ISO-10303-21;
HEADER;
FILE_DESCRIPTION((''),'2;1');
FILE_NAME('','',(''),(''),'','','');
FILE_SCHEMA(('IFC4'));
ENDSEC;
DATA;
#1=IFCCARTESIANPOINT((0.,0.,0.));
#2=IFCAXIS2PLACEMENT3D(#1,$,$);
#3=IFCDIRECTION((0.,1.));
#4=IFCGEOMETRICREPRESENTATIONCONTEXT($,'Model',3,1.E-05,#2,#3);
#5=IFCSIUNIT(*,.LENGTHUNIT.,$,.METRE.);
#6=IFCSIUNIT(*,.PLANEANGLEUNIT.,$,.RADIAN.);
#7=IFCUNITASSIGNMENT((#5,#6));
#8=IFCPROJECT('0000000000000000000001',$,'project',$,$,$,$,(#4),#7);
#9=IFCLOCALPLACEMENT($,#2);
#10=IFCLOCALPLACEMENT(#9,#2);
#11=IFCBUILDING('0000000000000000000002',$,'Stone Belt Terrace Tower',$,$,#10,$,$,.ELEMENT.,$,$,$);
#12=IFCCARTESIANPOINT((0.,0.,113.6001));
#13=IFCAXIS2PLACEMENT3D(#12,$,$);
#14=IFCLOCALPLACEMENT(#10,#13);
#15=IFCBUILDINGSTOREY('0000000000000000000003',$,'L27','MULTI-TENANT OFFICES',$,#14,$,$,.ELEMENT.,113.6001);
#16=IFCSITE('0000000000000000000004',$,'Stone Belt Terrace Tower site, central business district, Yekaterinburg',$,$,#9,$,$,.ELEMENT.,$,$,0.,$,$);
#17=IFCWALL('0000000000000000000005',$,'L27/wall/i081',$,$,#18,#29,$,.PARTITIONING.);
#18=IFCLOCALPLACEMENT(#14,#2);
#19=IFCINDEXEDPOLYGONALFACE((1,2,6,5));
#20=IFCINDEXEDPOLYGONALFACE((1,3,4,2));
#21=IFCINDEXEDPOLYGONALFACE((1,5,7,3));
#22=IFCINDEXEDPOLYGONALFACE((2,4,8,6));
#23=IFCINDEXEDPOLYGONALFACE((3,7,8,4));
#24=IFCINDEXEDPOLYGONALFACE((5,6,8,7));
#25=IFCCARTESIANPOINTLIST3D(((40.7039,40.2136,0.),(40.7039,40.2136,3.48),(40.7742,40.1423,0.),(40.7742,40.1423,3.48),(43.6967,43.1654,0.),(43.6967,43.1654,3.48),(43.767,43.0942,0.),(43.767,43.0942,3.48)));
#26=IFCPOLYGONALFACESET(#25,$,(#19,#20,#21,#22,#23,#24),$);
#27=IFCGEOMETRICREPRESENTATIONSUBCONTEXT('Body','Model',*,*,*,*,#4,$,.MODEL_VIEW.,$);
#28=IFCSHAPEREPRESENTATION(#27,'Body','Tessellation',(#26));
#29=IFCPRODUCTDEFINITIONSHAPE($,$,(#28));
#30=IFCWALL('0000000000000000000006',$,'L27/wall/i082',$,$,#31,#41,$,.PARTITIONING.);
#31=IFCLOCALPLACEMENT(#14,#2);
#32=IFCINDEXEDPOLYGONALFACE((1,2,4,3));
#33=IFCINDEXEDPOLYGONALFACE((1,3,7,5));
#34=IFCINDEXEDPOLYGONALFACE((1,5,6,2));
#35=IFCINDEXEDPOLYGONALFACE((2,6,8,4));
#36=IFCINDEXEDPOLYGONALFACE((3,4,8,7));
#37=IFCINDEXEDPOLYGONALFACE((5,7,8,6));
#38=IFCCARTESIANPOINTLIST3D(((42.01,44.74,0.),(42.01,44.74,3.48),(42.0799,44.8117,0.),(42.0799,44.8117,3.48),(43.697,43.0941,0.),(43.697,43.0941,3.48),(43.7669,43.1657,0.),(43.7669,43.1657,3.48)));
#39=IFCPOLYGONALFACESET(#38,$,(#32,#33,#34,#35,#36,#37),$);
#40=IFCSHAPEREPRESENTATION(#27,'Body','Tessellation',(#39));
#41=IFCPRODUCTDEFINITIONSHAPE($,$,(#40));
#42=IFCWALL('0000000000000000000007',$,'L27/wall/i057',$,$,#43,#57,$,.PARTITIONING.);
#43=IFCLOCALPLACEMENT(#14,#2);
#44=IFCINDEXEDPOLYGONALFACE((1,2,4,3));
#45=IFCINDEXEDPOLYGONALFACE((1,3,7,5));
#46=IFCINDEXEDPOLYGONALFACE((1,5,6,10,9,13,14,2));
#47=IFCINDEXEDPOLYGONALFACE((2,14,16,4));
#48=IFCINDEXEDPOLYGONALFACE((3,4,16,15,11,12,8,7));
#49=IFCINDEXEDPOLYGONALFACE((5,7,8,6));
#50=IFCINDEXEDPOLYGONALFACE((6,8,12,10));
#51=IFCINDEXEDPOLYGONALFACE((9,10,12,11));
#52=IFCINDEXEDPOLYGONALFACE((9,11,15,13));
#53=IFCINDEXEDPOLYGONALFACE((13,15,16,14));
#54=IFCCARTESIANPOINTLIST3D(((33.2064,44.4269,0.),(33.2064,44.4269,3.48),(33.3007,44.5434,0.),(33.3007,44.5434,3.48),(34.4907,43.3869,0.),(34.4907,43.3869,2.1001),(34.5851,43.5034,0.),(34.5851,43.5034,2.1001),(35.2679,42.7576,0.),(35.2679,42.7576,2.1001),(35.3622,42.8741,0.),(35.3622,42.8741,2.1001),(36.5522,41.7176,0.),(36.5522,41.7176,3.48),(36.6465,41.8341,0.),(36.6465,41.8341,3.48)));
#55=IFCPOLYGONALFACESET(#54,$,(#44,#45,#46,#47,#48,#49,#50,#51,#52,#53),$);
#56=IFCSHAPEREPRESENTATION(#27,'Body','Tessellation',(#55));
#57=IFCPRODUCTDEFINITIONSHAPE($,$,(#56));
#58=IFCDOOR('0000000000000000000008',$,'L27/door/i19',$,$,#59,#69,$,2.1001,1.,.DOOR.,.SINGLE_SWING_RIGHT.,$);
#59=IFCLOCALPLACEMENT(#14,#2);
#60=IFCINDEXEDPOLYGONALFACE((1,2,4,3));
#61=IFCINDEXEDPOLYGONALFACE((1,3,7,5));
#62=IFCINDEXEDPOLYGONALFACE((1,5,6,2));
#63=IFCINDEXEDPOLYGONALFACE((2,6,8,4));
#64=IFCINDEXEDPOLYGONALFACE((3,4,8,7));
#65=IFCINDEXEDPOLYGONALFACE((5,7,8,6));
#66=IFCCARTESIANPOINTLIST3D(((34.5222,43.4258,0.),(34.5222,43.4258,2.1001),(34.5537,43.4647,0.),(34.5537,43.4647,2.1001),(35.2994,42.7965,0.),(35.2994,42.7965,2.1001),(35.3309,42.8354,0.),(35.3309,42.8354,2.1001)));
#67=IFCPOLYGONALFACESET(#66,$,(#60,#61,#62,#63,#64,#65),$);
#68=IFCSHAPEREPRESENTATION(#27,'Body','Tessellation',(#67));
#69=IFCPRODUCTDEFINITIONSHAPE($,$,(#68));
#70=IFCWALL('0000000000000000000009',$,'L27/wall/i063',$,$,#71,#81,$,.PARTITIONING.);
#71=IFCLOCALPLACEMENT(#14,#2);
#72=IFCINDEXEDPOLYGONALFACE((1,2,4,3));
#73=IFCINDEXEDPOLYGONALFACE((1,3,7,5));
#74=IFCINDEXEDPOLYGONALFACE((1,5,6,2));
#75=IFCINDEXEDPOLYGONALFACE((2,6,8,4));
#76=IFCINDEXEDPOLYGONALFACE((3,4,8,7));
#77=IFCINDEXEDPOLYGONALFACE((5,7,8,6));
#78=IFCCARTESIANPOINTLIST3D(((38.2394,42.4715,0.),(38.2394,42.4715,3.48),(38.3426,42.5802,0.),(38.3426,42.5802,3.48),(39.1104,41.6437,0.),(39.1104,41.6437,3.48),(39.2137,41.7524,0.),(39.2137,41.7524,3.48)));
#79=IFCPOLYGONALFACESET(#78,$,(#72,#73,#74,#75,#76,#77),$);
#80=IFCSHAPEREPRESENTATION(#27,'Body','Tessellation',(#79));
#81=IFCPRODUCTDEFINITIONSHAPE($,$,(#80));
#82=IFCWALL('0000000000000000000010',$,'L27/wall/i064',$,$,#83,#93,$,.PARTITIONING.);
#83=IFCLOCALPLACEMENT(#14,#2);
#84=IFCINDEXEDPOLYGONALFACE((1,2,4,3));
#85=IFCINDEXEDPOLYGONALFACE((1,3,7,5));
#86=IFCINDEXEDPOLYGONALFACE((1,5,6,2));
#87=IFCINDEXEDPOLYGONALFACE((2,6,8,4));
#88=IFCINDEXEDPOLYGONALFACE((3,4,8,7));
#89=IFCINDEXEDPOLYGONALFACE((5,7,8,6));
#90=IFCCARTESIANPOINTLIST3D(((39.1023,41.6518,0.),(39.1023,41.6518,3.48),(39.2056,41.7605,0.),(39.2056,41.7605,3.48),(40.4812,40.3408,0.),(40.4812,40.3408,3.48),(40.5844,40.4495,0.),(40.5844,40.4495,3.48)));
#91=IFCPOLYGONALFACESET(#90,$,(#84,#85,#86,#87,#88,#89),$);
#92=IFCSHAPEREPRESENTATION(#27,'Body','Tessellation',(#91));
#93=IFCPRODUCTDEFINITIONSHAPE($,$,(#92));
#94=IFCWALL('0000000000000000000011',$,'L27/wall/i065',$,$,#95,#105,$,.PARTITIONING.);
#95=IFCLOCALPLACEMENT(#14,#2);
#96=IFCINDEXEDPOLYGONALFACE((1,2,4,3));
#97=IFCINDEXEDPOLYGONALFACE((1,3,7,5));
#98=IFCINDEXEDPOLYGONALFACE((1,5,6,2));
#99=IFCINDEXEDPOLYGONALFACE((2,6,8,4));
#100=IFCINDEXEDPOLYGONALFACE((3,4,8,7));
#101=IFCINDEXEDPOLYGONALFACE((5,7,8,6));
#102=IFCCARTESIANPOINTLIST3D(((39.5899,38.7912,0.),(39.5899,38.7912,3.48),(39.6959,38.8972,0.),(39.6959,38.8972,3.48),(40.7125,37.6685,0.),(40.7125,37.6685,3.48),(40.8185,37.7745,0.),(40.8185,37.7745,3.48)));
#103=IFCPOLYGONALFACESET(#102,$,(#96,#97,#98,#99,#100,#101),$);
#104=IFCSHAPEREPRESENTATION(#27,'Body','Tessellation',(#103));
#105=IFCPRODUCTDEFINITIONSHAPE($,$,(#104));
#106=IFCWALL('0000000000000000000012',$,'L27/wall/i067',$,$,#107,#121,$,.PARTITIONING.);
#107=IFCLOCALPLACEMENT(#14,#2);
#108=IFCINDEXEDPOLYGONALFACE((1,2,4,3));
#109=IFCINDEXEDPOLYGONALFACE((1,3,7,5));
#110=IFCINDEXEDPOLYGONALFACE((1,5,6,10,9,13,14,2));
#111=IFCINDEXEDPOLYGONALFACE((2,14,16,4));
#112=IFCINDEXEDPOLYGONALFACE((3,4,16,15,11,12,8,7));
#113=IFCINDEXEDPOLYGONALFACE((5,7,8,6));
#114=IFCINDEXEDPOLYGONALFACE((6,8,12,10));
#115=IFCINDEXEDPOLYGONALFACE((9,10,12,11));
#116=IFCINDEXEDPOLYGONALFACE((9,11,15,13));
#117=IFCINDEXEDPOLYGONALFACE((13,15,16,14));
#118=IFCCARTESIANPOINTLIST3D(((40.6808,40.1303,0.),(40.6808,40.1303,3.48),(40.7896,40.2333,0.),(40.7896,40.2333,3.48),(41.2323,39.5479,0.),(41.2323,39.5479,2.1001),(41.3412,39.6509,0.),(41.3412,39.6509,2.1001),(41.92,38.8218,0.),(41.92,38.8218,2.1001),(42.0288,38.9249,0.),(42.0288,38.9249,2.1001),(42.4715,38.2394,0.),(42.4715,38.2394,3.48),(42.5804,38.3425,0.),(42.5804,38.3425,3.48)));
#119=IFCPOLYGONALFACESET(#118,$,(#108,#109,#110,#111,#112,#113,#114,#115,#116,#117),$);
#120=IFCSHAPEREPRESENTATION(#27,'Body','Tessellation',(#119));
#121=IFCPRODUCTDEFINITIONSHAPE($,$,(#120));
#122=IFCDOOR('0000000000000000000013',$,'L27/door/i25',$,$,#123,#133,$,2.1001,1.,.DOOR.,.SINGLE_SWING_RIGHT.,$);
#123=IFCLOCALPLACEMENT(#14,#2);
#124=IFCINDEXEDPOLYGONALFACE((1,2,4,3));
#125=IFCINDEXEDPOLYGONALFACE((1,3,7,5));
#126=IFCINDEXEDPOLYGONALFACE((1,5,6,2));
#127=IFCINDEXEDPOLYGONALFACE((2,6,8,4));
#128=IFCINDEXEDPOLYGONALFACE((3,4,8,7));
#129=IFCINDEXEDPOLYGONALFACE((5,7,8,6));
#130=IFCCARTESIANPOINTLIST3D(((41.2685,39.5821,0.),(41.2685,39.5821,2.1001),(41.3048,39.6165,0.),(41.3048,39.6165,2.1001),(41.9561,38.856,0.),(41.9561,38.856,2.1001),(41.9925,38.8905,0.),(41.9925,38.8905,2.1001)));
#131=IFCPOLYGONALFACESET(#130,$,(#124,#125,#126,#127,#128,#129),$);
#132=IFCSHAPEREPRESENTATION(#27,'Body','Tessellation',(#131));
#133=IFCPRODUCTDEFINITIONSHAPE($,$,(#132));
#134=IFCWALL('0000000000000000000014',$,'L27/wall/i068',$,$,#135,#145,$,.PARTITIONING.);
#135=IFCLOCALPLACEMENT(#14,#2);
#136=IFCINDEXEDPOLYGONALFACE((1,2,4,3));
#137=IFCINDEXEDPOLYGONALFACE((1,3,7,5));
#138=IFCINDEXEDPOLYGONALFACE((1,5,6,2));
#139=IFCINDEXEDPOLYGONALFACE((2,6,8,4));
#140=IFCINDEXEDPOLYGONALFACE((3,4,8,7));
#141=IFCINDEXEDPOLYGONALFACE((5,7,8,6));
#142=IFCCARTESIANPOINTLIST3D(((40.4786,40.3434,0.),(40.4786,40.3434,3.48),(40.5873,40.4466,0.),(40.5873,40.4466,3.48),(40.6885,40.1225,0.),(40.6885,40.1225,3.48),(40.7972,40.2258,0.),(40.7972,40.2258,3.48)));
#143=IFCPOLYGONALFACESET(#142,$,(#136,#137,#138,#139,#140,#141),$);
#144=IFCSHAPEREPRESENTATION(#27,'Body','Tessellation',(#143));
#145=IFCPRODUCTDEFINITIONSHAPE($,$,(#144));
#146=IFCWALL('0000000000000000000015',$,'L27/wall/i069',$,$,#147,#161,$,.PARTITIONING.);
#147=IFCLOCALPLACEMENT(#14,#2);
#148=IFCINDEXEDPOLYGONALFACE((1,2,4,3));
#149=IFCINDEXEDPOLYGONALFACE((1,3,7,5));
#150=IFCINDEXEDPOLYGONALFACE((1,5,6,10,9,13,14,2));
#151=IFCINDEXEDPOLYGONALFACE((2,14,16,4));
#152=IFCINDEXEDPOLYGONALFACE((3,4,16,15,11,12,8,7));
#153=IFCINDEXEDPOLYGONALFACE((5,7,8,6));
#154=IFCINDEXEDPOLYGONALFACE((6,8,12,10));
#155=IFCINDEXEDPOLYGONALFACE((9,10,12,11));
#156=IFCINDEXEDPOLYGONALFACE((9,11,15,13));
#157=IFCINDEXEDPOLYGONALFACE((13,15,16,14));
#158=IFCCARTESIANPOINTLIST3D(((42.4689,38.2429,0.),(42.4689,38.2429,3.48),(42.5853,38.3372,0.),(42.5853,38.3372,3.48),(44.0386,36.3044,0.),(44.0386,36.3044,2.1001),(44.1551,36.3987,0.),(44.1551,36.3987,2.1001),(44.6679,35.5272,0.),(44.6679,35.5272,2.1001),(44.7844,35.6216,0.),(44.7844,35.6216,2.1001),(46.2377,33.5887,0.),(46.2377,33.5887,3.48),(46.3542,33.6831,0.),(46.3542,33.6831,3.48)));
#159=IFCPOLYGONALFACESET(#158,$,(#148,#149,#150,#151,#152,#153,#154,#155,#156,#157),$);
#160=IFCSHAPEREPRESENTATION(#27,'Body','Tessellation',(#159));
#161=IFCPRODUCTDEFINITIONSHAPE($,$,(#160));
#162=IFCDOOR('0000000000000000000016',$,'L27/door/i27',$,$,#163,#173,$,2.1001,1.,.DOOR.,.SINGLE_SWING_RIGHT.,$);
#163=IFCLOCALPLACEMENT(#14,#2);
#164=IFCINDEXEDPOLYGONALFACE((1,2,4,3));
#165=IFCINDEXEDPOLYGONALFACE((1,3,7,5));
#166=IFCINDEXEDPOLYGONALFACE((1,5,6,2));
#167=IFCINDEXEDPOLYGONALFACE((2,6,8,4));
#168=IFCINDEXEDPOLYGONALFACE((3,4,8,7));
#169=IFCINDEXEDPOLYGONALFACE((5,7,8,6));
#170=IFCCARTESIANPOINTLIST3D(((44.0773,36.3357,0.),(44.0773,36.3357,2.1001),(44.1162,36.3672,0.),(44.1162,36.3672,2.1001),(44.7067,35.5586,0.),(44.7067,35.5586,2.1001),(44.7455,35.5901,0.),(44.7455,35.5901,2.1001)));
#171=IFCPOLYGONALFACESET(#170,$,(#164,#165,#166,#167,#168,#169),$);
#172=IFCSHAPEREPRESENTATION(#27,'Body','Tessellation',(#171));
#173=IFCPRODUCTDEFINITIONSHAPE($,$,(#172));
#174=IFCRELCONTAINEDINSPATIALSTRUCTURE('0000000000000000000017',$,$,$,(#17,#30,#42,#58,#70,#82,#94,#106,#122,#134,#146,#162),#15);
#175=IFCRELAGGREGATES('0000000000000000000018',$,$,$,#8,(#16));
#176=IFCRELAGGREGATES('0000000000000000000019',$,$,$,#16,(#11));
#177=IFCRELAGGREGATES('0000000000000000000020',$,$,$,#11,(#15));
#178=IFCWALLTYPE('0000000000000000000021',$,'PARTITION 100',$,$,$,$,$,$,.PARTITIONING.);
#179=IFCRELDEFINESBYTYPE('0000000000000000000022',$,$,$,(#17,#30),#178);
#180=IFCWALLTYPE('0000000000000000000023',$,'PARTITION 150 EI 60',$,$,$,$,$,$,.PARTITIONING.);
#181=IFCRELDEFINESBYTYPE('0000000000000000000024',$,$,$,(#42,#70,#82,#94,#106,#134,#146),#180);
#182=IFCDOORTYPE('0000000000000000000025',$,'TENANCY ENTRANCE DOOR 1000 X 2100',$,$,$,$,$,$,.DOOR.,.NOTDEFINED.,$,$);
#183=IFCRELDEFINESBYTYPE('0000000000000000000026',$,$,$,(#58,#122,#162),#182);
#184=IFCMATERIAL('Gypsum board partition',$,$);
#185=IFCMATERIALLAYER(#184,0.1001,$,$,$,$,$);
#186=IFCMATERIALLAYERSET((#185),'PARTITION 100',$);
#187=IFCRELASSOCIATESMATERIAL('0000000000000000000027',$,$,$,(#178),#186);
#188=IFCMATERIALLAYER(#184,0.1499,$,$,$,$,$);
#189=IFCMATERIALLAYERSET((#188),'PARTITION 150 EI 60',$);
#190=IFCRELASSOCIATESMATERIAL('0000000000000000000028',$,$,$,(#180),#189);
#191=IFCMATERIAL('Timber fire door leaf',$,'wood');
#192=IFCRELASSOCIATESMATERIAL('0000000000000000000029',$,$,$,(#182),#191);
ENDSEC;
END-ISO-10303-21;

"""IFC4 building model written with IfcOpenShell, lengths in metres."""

from ifc_helpers import new_model, si_unit, direction, frame, frame_2d, origin, place, context, subcontext, project, spatial, rectangle, extrude, material, layer, layer_set, type_object, element, fill, save


model = new_model("IFC4")

# Units and contexts
model_context = context("Model", 3, precision=1e-05, world=origin(), true_north=direction((0.0, 1.0)))
body_context = subcontext(model_context, "Body", "Model", "MODEL_VIEW")
ifc_project = project(units=[si_unit("LENGTHUNIT", "METRE"), si_unit("PLANEANGLEUNIT", "RADIAN")], contexts=[model_context])

# Site, building, storey
site_placement = place(None, origin())
site = spatial("IfcSite", under=ifc_project, at=site_placement, Name="Stone Belt Terrace Tower site, central business district, Yekaterinburg", CompositionType="ELEMENT", RefElevation=0.0)
building_placement = place(site_placement, origin())
building = spatial("IfcBuilding", under=site, at=building_placement, Name="Stone Belt Terrace Tower", CompositionType="ELEMENT")
storey_placement = place(building_placement, frame((0.0, 0.0, 113.6001)))
storey = spatial("IfcBuildingStorey", under=building, at=storey_placement, Name="L27", Description="MULTI-TENANT OFFICES", CompositionType="ELEMENT", Elevation=113.6001)

# Shared definitions
ifc_material_1 = material(Name="Gypsum board partition")
ifc_layer_1 = layer(ifc_material_1, 0.1001)
ifc_layer_set_1 = layer_set([ifc_layer_1], Name="PARTITION 100")
wall_type_1 = type_object("IfcWallType", Name="PARTITION 100", PredefinedType="PARTITIONING", material=ifc_layer_set_1)

# Walls
wall_1_placement = place(storey_placement, frame((40.739, 40.178, 0.0), z_axis=(0.0, 0.0, 1.0), x_axis=(0.711968, 0.702211, 0.0)))
element("IfcWall", 1, at=wall_1_placement, inside=storey, type_object=wall_type_1, Name="L27/wall/i081", PredefinedType="PARTITIONING", context=body_context, shape_type="SweptSolid", body=[
    extrude(rectangle(XDim=4.2036, YDim=0.1001, at=frame_2d((2.1018, 0.0))), origin(), (0.0, 0.0, 1.0), 3.48),
])
wall_2_placement = place(storey_placement, frame((43.7319, 43.1299, 0.0), z_axis=(0.0, 0.0, 1.0), x_axis=(-0.715754, 0.698352, 0.0)))
element("IfcWall", 2, at=wall_2_placement, inside=storey, type_object=wall_type_1, Name="L27/wall/i082", PredefinedType="PARTITIONING", context=body_context, shape_type="SweptSolid", body=[
    extrude(rectangle(XDim=2.3569, YDim=0.1001, at=frame_2d((1.1785, 0.0))), origin(), (0.0, 0.0, 1.0), 3.48),
])

# Wall, opening, door
ifc_layer_2 = layer(ifc_material_1, 0.1499)
ifc_layer_set_2 = layer_set([ifc_layer_2], Name="PARTITION 150 EI 60")
wall_type_2 = type_object("IfcWallType", Name="PARTITION 150 EI 60", PredefinedType="PARTITIONING", material=ifc_layer_set_2)
wall_3_placement = place(storey_placement, frame((36.5994, 41.7759, 0.0), z_axis=(0.0, 0.0, 1.0), x_axis=(-0.777154, 0.629311, 0.0)))
wall_3 = element("IfcWall", 3, at=wall_3_placement, inside=storey, type_object=wall_type_2, Name="L27/wall/i057", PredefinedType="PARTITIONING", context=body_context, shape_type="SweptSolid", body=[
    extrude(rectangle(XDim=4.3052, YDim=0.1499, at=frame_2d((2.1526, 0.0))), origin(), (0.0, 0.0, 1.0), 3.48),
])
opening_1_placement = place(wall_3_placement, frame((1.6526, 0.0, 0.0)))
opening_1 = element("IfcOpeningElement", 4, at=opening_1_placement, cuts=wall_3, PredefinedType="OPENING", context=body_context, shape_type="SweptSolid", body=[
    extrude(rectangle(XDim=1.0, YDim=2.1001, at=frame_2d((0.5, 1.05))), frame((0.0, 0.085, 0.0), z_axis=(0.0, -1.0, 0.0), x_axis=(1.0, 0.0, 0.0)), (0.0, 0.0, 1.0), 0.1699),
])
ifc_material_2 = material(Name="Timber fire door leaf", Category="wood")
door_type_1 = type_object("IfcDoorType", Name="TENANCY ENTRANCE DOOR 1000 X 2100", OperationType="NOTDEFINED", PredefinedType="DOOR", material=ifc_material_2)
door_1_placement = place(opening_1_placement, origin())
door_1 = element("IfcDoor", 5, at=door_1_placement, inside=storey, type_object=door_type_1, Name="L27/door/i19", OperationType="SINGLE_SWING_RIGHT", OverallHeight=2.1001, OverallWidth=1.0, PredefinedType="DOOR", context=body_context, shape_type="SweptSolid", body=[
    extrude(rectangle(XDim=1.0, YDim=2.1001, at=frame_2d((0.5, 1.05))), frame((0.0, 0.0249, 0.0), z_axis=(0.0, -1.0, 0.0), x_axis=(1.0, 0.0, 0.0)), (0.0, 0.0, 1.0), 0.05),
])
fill(opening_1, door_1)

# Walls
wall_4_placement = place(storey_placement, frame((38.291, 42.5259, 0.0), z_axis=(0.0, 0.0, 1.0), x_axis=(0.724857, -0.688899, 0.0)))
element("IfcWall", 6, at=wall_4_placement, inside=storey, type_object=wall_type_2, Name="L27/wall/i063", PredefinedType="PARTITIONING", context=body_context, shape_type="SweptSolid", body=[
    extrude(rectangle(XDim=1.2017, YDim=0.1499, at=frame_2d((0.6008, 0.0))), origin(), (0.0, 0.0, 1.0), 3.48),
])
wall_5_placement = place(storey_placement, frame((39.1541, 41.7061, 0.0), z_axis=(0.0, 0.0, 1.0), x_axis=(0.724717, -0.689046, 0.0)))
element("IfcWall", 7, at=wall_5_placement, inside=storey, type_object=wall_type_2, Name="L27/wall/i064", PredefinedType="PARTITIONING", context=body_context, shape_type="SweptSolid", body=[
    extrude(rectangle(XDim=1.9026, YDim=0.1499, at=frame_2d((0.9512, 0.0))), origin(), (0.0, 0.0, 1.0), 3.48),
])
wall_6_placement = place(storey_placement, frame((40.7656, 37.7214, 0.0), z_axis=(0.0, 0.0, 1.0), x_axis=(-0.707107, 0.707107, 0.0)))
element("IfcWall", 8, at=wall_6_placement, inside=storey, type_object=wall_type_2, Name="L27/wall/i065", PredefinedType="PARTITIONING", context=body_context, shape_type="SweptSolid", body=[
    extrude(rectangle(XDim=1.5876, YDim=0.1499, at=frame_2d((0.7939, 0.0))), origin(), (0.0, 0.0, 1.0), 3.48),
])

# Wall, opening, door
wall_7_placement = place(storey_placement, frame((40.7351, 40.1819, 0.0), z_axis=(0.0, 0.0, 1.0), x_axis=(0.687628, -0.726064, 0.0)))
wall_7 = element("IfcWall", 9, at=wall_7_placement, inside=storey, type_object=wall_type_2, Name="L27/wall/i067", PredefinedType="PARTITIONING", context=body_context, shape_type="SweptSolid", body=[
    extrude(rectangle(XDim=2.6042, YDim=0.1499, at=frame_2d((1.3022, 0.0))), origin(), (0.0, 0.0, 1.0), 3.48),
])
opening_2_placement = place(wall_7_placement, frame((0.8022, 0.0, 0.0)))
opening_2 = element("IfcOpeningElement", 10, at=opening_2_placement, cuts=wall_7, PredefinedType="OPENING", context=body_context, shape_type="SweptSolid", body=[
    extrude(rectangle(XDim=1.0, YDim=2.1001, at=frame_2d((0.5, 1.05))), frame((0.0, 0.085, 0.0), z_axis=(0.0, -1.0, 0.0), x_axis=(1.0, 0.0, 0.0)), (0.0, 0.0, 1.0), 0.1699),
])
door_2_placement = place(opening_2_placement, origin())
door_2 = element("IfcDoor", 11, at=door_2_placement, inside=storey, type_object=door_type_1, Name="L27/door/i25", OperationType="SINGLE_SWING_RIGHT", OverallHeight=2.1001, OverallWidth=1.0, PredefinedType="DOOR", context=body_context, shape_type="SweptSolid", body=[
    extrude(rectangle(XDim=1.0, YDim=2.1001, at=frame_2d((0.5, 1.05))), frame((0.0, 0.0249, 0.0), z_axis=(0.0, -1.0, 0.0), x_axis=(1.0, 0.0, 0.0)), (0.0, 0.0, 1.0), 0.05),
])
fill(opening_2, door_2)

# Wall
wall_8_placement = place(storey_placement, frame((40.533, 40.395, 0.0), z_axis=(0.0, 0.0, 1.0), x_axis=(0.688855, -0.724899, 0.0)))
element("IfcWall", 12, at=wall_8_placement, inside=storey, type_object=wall_type_2, Name="L27/wall/i068", PredefinedType="PARTITIONING", context=body_context, shape_type="SweptSolid", body=[
    extrude(rectangle(XDim=0.3047, YDim=0.1499, at=frame_2d((0.1523, 0.0))), origin(), (0.0, 0.0, 1.0), 3.48),
])

# Wall, opening, door
wall_9_placement = place(storey_placement, frame((42.5271, 38.29, 0.0), z_axis=(0.0, 0.0, 1.0), x_axis=(0.629323, -0.777144, 0.0)))
wall_9 = element("IfcWall", 13, at=wall_9_placement, inside=storey, type_object=wall_type_2, Name="L27/wall/i069", PredefinedType="PARTITIONING", context=body_context, shape_type="SweptSolid", body=[
    extrude(rectangle(XDim=5.9888, YDim=0.1499, at=frame_2d((2.9944, 0.0))), origin(), (0.0, 0.0, 1.0), 3.48),
])
opening_3_placement = place(wall_9_placement, frame((2.4944, 0.0, 0.0)))
opening_3 = element("IfcOpeningElement", 14, at=opening_3_placement, cuts=wall_9, PredefinedType="OPENING", context=body_context, shape_type="SweptSolid", body=[
    extrude(rectangle(XDim=1.0, YDim=2.1001, at=frame_2d((0.5, 1.05))), frame((0.0, 0.085, 0.0), z_axis=(0.0, -1.0, 0.0), x_axis=(1.0, 0.0, 0.0)), (0.0, 0.0, 1.0), 0.1699),
])
door_3_placement = place(opening_3_placement, origin())
door_3 = element("IfcDoor", 15, at=door_3_placement, inside=storey, type_object=door_type_1, Name="L27/door/i27", OperationType="SINGLE_SWING_RIGHT", OverallHeight=2.1001, OverallWidth=1.0, PredefinedType="DOOR", context=body_context, shape_type="SweptSolid", body=[
    extrude(rectangle(XDim=1.0, YDim=2.1001, at=frame_2d((0.5, 1.05))), frame((0.0, 0.0249, 0.0), z_axis=(0.0, -1.0, 0.0), x_axis=(1.0, 0.0, 0.0)), (0.0, 0.0, 1.0), 0.05),
])
fill(opening_3, door_3)

save(model, "model.ifc")
